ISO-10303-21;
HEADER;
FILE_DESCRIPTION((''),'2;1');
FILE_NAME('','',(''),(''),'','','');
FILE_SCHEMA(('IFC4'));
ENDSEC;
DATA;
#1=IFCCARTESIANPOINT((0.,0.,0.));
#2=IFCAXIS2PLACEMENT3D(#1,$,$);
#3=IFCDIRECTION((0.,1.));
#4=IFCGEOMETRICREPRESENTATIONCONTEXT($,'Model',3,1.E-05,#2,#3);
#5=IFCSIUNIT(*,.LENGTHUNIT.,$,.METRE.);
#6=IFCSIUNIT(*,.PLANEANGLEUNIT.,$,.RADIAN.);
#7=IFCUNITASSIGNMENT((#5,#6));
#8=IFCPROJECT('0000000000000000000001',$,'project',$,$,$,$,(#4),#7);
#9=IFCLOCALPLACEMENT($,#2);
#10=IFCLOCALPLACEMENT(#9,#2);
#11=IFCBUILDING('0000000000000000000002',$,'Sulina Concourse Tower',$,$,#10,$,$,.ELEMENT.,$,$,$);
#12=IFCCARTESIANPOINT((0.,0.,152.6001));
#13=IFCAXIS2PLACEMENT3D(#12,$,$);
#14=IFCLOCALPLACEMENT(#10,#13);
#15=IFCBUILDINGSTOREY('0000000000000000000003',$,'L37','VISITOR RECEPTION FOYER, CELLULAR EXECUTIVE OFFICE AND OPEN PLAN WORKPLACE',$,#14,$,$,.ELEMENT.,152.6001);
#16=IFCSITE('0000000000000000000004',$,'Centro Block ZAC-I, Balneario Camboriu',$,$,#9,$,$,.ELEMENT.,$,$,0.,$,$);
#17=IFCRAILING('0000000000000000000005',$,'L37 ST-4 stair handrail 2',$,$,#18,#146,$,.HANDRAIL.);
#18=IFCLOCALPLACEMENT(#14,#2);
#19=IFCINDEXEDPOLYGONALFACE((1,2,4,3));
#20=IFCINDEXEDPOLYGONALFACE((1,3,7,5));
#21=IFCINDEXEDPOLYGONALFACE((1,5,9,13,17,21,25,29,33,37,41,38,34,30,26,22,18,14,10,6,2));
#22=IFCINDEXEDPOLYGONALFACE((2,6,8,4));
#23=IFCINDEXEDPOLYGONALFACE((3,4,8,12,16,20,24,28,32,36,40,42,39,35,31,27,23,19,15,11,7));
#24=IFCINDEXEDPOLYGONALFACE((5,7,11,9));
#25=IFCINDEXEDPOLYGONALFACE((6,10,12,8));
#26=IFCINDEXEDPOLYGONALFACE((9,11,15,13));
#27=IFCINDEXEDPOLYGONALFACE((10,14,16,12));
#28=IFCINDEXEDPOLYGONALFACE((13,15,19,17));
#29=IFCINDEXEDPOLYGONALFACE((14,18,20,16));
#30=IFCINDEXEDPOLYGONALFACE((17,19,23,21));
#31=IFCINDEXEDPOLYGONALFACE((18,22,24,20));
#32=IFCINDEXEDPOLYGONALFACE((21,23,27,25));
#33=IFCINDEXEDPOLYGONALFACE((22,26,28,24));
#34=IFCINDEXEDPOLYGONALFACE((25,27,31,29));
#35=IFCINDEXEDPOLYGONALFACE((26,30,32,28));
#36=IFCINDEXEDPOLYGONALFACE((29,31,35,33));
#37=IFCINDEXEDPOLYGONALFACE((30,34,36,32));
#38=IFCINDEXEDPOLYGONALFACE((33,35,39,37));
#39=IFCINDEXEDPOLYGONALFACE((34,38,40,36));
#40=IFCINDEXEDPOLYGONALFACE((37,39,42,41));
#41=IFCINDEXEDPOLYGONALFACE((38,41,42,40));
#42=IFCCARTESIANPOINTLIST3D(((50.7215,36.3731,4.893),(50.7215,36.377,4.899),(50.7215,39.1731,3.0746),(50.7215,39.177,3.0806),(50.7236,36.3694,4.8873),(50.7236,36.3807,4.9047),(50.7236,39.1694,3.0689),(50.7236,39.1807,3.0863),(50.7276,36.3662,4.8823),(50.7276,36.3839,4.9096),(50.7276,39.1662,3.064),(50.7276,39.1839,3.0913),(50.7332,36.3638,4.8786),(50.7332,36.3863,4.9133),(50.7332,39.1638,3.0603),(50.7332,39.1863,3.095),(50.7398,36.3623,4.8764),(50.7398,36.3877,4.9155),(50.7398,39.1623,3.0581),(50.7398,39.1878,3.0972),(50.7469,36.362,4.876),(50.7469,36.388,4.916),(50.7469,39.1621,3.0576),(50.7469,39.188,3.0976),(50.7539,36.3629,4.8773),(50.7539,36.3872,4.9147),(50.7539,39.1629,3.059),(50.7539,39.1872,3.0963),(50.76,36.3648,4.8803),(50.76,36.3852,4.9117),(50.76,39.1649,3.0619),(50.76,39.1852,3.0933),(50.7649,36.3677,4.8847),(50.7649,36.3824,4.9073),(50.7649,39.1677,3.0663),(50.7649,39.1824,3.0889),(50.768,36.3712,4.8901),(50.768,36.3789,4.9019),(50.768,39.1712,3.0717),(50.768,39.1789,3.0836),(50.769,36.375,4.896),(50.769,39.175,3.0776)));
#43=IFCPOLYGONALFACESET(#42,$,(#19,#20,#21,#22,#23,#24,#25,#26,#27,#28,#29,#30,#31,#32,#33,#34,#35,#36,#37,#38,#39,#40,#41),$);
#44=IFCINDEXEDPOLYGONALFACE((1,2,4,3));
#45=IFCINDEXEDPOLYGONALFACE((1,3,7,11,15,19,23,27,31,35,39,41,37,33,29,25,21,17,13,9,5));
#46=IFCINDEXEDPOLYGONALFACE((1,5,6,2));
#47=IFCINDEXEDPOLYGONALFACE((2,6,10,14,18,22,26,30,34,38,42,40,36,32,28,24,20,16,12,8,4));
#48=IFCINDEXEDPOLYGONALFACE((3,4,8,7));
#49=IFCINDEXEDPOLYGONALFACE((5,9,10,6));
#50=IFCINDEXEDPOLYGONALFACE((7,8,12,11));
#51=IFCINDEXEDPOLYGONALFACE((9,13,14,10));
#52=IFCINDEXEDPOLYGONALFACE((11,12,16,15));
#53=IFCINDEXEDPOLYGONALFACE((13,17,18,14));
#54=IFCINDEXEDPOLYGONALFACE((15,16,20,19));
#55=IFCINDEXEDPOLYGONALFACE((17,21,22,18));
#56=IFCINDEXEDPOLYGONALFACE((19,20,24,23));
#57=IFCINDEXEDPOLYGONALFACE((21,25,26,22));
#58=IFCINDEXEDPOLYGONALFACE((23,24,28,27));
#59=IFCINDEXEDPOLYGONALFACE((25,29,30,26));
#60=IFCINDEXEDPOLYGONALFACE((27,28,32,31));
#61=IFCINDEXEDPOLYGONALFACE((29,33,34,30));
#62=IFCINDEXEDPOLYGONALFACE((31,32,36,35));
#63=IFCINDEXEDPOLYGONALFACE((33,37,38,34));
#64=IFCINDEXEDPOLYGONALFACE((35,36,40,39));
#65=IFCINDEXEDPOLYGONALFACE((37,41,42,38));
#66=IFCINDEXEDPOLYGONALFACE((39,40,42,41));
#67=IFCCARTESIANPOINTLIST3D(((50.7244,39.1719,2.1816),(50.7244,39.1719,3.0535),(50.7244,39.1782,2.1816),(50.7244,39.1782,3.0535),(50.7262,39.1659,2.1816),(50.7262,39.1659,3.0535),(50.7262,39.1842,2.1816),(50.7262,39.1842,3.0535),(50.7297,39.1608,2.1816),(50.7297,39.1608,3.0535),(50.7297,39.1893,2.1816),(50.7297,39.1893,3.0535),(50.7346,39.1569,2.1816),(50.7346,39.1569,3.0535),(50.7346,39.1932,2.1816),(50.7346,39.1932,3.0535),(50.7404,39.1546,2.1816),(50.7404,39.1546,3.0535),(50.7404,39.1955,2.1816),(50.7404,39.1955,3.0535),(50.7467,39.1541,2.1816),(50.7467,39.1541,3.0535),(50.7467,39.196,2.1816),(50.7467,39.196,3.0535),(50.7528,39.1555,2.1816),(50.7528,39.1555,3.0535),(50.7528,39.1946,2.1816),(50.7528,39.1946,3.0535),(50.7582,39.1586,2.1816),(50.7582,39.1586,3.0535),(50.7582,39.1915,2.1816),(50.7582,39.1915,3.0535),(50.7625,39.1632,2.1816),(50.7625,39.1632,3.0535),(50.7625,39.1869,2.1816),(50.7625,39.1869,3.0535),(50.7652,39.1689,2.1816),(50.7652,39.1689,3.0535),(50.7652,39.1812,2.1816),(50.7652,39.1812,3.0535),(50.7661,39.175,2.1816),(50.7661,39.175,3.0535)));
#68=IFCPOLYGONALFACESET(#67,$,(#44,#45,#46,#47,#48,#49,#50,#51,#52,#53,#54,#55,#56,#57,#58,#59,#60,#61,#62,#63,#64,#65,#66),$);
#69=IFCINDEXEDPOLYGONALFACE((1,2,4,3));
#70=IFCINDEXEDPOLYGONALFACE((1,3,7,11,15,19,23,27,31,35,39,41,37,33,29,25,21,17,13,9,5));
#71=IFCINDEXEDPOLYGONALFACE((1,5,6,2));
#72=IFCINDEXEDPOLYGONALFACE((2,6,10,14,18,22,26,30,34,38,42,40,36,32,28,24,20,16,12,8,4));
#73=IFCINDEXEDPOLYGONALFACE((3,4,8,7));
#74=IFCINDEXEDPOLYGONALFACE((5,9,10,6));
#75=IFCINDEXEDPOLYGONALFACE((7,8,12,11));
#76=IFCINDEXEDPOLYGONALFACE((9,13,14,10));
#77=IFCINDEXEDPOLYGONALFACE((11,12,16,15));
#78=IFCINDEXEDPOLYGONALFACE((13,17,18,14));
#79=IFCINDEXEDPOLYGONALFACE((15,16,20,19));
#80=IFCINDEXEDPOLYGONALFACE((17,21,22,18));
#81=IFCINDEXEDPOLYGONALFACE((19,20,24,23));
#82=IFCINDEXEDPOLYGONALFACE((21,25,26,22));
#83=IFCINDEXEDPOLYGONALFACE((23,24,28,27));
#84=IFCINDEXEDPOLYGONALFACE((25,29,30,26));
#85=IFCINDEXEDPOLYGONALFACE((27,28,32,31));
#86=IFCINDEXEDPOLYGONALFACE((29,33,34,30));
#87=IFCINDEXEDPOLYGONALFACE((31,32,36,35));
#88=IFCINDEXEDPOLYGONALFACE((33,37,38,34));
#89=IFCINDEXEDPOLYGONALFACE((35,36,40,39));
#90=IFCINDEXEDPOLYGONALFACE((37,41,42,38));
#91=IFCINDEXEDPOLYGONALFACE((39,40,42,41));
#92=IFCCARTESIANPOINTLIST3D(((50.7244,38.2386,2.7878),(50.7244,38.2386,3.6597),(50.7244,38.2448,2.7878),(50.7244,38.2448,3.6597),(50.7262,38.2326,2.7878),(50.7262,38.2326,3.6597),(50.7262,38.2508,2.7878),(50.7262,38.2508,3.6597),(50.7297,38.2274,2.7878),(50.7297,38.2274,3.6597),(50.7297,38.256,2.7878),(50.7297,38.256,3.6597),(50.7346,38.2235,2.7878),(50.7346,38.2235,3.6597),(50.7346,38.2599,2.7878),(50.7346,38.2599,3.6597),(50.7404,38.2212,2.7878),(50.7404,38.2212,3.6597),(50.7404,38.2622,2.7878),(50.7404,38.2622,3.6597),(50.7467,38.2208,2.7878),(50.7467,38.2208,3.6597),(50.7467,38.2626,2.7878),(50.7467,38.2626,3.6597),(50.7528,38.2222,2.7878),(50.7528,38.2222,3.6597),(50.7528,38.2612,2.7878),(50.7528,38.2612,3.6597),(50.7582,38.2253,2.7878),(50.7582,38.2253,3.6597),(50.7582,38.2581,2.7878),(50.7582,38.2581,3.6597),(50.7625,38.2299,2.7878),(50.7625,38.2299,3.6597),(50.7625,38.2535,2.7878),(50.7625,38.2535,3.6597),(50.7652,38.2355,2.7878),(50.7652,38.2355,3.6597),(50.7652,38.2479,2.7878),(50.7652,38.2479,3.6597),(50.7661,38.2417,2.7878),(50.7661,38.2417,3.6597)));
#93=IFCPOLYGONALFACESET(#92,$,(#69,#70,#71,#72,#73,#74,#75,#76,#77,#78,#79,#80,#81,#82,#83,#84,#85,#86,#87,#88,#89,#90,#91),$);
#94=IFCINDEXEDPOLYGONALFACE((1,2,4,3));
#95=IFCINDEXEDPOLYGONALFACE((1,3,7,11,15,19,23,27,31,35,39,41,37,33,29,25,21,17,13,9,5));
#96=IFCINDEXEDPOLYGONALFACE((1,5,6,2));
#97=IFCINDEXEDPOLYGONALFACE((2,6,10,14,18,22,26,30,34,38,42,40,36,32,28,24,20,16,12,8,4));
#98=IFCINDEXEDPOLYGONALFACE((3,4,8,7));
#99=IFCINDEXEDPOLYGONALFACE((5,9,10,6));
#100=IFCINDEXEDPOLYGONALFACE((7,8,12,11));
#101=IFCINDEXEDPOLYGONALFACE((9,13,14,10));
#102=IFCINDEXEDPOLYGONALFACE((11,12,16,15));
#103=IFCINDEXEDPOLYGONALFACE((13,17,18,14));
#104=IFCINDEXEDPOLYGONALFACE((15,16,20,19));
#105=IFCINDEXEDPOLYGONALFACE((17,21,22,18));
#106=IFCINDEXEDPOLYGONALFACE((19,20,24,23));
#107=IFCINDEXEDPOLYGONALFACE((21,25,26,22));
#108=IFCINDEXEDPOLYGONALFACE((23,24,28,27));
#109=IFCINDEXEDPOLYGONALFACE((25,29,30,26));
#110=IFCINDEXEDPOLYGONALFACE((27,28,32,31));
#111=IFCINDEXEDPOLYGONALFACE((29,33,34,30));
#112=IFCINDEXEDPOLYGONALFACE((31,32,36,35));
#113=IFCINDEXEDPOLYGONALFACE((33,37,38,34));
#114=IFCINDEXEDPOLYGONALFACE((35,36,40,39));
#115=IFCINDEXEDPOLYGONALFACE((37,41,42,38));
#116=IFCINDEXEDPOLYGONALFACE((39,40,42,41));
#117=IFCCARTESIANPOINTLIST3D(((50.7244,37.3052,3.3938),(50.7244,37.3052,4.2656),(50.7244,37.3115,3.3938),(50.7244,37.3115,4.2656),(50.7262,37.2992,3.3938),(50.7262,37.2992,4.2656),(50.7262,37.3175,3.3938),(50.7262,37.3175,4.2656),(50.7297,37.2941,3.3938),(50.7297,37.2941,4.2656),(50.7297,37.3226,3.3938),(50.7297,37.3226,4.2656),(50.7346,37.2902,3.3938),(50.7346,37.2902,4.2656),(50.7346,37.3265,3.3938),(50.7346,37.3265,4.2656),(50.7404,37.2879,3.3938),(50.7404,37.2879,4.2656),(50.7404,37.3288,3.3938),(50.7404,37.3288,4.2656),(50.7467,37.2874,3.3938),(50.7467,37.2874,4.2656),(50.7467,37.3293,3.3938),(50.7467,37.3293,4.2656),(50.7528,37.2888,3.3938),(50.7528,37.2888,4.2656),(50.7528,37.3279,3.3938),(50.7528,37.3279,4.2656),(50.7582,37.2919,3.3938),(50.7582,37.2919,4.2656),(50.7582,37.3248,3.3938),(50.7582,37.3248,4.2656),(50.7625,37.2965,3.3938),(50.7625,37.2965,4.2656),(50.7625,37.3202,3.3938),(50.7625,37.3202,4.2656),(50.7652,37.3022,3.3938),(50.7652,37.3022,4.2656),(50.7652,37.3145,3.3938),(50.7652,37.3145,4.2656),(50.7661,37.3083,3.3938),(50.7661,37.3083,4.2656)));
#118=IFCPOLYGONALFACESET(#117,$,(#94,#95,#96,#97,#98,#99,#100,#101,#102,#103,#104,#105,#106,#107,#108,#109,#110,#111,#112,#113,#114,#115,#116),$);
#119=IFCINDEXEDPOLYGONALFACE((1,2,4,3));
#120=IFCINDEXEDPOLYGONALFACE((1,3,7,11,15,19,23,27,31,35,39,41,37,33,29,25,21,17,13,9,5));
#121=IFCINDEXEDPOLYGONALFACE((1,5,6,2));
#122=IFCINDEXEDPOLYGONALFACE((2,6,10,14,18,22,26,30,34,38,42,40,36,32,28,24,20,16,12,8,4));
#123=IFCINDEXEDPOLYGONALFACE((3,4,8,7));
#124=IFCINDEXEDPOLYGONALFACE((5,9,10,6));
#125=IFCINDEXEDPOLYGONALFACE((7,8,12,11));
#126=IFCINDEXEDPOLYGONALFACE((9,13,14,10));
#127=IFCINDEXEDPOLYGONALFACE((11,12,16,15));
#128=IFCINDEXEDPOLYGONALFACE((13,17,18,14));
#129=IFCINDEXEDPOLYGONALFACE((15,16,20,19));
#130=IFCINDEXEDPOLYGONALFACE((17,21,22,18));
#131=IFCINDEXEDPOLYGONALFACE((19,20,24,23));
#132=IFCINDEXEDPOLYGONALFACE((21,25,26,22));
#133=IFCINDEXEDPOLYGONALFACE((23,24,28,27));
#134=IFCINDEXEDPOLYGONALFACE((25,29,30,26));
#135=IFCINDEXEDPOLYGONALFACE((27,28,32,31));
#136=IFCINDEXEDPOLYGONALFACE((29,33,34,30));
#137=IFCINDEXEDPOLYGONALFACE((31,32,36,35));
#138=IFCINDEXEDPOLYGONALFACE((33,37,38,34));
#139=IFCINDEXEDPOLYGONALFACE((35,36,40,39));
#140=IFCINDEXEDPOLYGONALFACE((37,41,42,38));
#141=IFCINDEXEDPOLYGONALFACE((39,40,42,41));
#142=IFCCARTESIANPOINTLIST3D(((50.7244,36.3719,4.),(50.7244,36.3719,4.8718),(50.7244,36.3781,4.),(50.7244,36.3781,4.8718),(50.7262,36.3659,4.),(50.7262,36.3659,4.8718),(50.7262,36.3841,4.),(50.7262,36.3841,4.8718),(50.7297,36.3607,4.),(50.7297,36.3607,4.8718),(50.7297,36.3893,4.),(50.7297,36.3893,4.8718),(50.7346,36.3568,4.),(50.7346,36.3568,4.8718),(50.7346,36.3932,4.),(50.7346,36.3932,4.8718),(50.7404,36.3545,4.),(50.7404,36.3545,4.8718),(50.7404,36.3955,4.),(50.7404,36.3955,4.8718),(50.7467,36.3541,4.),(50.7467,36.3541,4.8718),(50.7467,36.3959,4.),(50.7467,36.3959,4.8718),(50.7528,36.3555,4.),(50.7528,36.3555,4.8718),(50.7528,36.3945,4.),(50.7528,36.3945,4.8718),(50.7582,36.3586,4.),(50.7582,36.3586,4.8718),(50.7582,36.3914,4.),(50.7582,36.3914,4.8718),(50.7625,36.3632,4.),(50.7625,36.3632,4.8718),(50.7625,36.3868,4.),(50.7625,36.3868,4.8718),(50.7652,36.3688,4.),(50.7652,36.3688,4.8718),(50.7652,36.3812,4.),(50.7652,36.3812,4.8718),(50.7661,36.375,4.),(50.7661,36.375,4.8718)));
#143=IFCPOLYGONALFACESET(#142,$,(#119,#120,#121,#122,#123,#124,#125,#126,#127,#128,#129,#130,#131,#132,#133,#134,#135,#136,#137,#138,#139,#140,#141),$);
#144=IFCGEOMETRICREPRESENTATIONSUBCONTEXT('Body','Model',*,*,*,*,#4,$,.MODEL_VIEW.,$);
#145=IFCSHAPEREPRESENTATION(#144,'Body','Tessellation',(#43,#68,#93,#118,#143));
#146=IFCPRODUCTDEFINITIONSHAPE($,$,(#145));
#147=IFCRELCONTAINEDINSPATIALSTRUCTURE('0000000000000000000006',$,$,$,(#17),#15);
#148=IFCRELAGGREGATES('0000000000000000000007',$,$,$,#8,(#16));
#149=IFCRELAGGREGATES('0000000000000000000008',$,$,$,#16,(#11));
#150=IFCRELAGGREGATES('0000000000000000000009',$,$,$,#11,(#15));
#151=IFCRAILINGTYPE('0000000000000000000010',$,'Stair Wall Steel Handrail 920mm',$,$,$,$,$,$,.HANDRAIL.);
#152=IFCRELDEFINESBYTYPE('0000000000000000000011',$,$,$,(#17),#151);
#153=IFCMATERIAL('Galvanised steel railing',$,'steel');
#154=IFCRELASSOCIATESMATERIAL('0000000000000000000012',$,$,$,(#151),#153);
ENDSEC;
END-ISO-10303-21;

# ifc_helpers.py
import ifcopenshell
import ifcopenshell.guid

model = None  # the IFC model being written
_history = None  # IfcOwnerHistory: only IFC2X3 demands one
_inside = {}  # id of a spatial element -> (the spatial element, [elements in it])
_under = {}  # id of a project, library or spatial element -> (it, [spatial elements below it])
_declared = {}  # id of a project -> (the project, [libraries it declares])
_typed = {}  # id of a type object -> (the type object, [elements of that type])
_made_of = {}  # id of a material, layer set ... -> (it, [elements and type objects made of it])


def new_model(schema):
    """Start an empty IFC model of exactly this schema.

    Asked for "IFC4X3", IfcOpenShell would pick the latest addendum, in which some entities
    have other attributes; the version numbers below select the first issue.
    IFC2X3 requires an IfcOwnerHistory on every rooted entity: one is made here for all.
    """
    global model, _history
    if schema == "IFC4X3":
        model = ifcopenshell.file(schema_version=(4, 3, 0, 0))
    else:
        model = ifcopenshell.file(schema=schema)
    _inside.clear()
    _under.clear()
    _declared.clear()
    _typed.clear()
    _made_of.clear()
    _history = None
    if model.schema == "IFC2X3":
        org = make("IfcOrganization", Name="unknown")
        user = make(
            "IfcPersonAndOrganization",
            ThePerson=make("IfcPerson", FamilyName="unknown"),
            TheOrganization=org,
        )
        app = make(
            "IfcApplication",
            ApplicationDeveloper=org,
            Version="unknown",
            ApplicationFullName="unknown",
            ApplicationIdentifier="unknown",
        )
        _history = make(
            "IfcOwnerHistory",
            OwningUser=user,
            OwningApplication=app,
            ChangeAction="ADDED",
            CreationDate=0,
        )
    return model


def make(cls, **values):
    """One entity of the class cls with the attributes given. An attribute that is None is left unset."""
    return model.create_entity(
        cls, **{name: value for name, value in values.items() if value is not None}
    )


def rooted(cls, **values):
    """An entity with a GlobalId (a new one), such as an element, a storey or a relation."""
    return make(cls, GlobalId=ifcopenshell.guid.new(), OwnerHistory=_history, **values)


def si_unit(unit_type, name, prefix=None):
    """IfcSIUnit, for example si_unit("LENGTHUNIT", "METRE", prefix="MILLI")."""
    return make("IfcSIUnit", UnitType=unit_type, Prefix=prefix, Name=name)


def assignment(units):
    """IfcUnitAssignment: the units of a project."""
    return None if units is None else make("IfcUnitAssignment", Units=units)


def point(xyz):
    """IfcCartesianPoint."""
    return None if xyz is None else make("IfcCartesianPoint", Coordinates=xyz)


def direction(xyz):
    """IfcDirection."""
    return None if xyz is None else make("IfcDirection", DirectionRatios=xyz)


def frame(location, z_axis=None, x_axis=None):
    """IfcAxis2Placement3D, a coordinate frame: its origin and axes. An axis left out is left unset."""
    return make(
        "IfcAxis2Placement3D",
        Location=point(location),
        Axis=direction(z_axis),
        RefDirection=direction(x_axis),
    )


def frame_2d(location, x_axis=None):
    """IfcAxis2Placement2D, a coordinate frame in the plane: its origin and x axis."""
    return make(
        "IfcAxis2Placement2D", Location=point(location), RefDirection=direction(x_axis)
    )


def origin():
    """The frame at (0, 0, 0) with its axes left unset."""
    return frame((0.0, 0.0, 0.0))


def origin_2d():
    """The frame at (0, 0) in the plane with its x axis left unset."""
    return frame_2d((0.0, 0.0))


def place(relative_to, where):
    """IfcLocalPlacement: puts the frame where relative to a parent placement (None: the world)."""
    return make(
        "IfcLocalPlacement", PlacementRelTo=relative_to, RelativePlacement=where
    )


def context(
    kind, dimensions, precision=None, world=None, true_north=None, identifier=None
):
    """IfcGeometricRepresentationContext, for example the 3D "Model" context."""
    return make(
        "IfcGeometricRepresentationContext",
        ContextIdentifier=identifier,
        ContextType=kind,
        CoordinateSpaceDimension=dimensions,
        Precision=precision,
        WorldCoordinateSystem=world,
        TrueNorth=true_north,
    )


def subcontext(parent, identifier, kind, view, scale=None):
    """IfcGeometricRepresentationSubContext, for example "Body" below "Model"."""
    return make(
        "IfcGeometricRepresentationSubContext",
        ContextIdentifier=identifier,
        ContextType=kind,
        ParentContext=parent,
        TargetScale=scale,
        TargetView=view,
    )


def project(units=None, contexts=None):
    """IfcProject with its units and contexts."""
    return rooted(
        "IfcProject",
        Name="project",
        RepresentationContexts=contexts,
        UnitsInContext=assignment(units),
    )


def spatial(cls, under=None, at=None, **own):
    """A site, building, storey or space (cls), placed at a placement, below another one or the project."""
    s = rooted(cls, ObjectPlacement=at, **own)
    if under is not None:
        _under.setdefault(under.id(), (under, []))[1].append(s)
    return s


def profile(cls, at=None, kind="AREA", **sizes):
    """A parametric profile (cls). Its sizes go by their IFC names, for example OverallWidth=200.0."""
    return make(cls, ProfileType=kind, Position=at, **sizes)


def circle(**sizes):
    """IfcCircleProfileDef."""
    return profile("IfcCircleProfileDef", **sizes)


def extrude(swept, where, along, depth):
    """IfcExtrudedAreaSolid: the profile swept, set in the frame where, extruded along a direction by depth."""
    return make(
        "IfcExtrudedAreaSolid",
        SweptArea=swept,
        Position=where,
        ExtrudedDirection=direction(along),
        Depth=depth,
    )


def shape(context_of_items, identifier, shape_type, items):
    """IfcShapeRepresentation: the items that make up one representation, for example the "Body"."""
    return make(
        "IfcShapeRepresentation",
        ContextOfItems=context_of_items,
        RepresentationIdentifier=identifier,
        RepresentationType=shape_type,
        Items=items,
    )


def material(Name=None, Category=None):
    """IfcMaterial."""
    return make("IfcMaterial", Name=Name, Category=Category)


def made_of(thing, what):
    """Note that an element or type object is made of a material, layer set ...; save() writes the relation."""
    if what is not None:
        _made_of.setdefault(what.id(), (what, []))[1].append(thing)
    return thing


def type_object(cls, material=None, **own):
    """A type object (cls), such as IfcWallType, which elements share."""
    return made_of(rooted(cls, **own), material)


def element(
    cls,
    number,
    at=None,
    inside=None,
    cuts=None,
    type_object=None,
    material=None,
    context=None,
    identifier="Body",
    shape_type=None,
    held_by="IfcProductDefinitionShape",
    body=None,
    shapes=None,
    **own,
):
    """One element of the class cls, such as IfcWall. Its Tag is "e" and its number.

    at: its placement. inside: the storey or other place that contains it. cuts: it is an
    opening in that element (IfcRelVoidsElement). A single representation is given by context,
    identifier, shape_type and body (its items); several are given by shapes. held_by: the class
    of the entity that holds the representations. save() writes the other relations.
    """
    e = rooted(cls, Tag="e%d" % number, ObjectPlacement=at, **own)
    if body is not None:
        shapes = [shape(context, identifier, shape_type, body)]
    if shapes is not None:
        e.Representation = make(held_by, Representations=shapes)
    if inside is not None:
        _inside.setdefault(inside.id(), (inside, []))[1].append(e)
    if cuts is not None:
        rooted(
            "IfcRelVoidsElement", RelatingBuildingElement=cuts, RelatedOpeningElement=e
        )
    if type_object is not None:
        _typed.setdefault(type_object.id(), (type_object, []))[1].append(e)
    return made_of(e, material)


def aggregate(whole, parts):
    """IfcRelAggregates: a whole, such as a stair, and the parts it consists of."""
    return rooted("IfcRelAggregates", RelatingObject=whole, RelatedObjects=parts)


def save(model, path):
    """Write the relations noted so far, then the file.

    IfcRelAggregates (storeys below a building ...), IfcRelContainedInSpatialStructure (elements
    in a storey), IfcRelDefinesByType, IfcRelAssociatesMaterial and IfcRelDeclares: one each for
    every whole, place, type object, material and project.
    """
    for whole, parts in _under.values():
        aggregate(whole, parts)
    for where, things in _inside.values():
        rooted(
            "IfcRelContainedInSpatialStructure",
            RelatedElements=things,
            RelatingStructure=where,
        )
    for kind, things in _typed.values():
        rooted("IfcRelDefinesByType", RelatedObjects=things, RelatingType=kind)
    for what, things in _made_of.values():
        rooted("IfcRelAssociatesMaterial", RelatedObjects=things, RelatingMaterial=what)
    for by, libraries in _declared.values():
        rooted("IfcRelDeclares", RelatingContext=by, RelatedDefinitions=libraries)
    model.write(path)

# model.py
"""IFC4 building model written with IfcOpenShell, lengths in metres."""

from ifc_helpers import new_model, si_unit, direction, frame, origin, origin_2d, place, context, subcontext, project, spatial, circle, extrude, material, type_object, element, save


model = new_model("IFC4")

# Units and contexts
model_context = context("Model", 3, precision=1e-05, world=origin(), true_north=direction((0.0, 1.0)))
body_context = subcontext(model_context, "Body", "Model", "MODEL_VIEW")
ifc_project = project(units=[si_unit("LENGTHUNIT", "METRE"), si_unit("PLANEANGLEUNIT", "RADIAN")], contexts=[model_context])

# Site, building, storey
site_placement = place(None, origin())
site = spatial("IfcSite", under=ifc_project, at=site_placement, Name="Centro Block ZAC-I, Balneario Camboriu", CompositionType="ELEMENT", RefElevation=0.0)
building_placement = place(site_placement, origin())
building = spatial("IfcBuilding", under=site, at=building_placement, Name="Sulina Concourse Tower", CompositionType="ELEMENT")
storey_placement = place(building_placement, frame((0.0, 0.0, 152.6001)))
storey = spatial("IfcBuildingStorey", under=building, at=storey_placement, Name="L37", Description="VISITOR RECEPTION FOYER, CELLULAR EXECUTIVE OFFICE AND OPEN PLAN WORKPLACE", CompositionType="ELEMENT", Elevation=152.6001)

# Railing
ifc_material_1 = material(Name="Galvanised steel railing", Category="steel")
railing_type_1 = type_object("IfcRailingType", Name="Stair Wall Steel Handrail 920mm", PredefinedType="HANDRAIL", material=ifc_material_1)
railing_1_placement = place(storey_placement, frame((50.7451, 39.175, 2.1816)))
element("IfcRailing", 1, at=railing_1_placement, inside=storey, type_object=railing_type_1, Name="L37 ST-4 stair handrail 2", PredefinedType="HANDRAIL", context=body_context, shape_type="SweptSolid", body=[
    extrude(circle(Radius=0.0239, at=origin_2d()), frame((0.0, 0.0, 0.896), z_axis=(0.0, -0.838672, 0.544636), x_axis=(1.0, 0.0, 0.0)), (0.0, 0.0, 1.0), 3.3386),
    extrude(circle(Radius=0.021, at=origin_2d()), origin(), (0.0, 0.0, 1.0), 0.8718),
    extrude(circle(Radius=0.021, at=origin_2d()), frame((0.0, -0.9333, 0.6062)), (0.0, 0.0, 1.0), 0.8718),
    extrude(circle(Radius=0.021, at=origin_2d()), frame((0.0, -1.8667, 1.2122)), (0.0, 0.0, 1.0), 0.8718),
    extrude(circle(Radius=0.021, at=origin_2d()), frame((0.0, -2.8, 1.8184)), (0.0, 0.0, 1.0), 0.8718),
])

save(model, "model.ifc")
